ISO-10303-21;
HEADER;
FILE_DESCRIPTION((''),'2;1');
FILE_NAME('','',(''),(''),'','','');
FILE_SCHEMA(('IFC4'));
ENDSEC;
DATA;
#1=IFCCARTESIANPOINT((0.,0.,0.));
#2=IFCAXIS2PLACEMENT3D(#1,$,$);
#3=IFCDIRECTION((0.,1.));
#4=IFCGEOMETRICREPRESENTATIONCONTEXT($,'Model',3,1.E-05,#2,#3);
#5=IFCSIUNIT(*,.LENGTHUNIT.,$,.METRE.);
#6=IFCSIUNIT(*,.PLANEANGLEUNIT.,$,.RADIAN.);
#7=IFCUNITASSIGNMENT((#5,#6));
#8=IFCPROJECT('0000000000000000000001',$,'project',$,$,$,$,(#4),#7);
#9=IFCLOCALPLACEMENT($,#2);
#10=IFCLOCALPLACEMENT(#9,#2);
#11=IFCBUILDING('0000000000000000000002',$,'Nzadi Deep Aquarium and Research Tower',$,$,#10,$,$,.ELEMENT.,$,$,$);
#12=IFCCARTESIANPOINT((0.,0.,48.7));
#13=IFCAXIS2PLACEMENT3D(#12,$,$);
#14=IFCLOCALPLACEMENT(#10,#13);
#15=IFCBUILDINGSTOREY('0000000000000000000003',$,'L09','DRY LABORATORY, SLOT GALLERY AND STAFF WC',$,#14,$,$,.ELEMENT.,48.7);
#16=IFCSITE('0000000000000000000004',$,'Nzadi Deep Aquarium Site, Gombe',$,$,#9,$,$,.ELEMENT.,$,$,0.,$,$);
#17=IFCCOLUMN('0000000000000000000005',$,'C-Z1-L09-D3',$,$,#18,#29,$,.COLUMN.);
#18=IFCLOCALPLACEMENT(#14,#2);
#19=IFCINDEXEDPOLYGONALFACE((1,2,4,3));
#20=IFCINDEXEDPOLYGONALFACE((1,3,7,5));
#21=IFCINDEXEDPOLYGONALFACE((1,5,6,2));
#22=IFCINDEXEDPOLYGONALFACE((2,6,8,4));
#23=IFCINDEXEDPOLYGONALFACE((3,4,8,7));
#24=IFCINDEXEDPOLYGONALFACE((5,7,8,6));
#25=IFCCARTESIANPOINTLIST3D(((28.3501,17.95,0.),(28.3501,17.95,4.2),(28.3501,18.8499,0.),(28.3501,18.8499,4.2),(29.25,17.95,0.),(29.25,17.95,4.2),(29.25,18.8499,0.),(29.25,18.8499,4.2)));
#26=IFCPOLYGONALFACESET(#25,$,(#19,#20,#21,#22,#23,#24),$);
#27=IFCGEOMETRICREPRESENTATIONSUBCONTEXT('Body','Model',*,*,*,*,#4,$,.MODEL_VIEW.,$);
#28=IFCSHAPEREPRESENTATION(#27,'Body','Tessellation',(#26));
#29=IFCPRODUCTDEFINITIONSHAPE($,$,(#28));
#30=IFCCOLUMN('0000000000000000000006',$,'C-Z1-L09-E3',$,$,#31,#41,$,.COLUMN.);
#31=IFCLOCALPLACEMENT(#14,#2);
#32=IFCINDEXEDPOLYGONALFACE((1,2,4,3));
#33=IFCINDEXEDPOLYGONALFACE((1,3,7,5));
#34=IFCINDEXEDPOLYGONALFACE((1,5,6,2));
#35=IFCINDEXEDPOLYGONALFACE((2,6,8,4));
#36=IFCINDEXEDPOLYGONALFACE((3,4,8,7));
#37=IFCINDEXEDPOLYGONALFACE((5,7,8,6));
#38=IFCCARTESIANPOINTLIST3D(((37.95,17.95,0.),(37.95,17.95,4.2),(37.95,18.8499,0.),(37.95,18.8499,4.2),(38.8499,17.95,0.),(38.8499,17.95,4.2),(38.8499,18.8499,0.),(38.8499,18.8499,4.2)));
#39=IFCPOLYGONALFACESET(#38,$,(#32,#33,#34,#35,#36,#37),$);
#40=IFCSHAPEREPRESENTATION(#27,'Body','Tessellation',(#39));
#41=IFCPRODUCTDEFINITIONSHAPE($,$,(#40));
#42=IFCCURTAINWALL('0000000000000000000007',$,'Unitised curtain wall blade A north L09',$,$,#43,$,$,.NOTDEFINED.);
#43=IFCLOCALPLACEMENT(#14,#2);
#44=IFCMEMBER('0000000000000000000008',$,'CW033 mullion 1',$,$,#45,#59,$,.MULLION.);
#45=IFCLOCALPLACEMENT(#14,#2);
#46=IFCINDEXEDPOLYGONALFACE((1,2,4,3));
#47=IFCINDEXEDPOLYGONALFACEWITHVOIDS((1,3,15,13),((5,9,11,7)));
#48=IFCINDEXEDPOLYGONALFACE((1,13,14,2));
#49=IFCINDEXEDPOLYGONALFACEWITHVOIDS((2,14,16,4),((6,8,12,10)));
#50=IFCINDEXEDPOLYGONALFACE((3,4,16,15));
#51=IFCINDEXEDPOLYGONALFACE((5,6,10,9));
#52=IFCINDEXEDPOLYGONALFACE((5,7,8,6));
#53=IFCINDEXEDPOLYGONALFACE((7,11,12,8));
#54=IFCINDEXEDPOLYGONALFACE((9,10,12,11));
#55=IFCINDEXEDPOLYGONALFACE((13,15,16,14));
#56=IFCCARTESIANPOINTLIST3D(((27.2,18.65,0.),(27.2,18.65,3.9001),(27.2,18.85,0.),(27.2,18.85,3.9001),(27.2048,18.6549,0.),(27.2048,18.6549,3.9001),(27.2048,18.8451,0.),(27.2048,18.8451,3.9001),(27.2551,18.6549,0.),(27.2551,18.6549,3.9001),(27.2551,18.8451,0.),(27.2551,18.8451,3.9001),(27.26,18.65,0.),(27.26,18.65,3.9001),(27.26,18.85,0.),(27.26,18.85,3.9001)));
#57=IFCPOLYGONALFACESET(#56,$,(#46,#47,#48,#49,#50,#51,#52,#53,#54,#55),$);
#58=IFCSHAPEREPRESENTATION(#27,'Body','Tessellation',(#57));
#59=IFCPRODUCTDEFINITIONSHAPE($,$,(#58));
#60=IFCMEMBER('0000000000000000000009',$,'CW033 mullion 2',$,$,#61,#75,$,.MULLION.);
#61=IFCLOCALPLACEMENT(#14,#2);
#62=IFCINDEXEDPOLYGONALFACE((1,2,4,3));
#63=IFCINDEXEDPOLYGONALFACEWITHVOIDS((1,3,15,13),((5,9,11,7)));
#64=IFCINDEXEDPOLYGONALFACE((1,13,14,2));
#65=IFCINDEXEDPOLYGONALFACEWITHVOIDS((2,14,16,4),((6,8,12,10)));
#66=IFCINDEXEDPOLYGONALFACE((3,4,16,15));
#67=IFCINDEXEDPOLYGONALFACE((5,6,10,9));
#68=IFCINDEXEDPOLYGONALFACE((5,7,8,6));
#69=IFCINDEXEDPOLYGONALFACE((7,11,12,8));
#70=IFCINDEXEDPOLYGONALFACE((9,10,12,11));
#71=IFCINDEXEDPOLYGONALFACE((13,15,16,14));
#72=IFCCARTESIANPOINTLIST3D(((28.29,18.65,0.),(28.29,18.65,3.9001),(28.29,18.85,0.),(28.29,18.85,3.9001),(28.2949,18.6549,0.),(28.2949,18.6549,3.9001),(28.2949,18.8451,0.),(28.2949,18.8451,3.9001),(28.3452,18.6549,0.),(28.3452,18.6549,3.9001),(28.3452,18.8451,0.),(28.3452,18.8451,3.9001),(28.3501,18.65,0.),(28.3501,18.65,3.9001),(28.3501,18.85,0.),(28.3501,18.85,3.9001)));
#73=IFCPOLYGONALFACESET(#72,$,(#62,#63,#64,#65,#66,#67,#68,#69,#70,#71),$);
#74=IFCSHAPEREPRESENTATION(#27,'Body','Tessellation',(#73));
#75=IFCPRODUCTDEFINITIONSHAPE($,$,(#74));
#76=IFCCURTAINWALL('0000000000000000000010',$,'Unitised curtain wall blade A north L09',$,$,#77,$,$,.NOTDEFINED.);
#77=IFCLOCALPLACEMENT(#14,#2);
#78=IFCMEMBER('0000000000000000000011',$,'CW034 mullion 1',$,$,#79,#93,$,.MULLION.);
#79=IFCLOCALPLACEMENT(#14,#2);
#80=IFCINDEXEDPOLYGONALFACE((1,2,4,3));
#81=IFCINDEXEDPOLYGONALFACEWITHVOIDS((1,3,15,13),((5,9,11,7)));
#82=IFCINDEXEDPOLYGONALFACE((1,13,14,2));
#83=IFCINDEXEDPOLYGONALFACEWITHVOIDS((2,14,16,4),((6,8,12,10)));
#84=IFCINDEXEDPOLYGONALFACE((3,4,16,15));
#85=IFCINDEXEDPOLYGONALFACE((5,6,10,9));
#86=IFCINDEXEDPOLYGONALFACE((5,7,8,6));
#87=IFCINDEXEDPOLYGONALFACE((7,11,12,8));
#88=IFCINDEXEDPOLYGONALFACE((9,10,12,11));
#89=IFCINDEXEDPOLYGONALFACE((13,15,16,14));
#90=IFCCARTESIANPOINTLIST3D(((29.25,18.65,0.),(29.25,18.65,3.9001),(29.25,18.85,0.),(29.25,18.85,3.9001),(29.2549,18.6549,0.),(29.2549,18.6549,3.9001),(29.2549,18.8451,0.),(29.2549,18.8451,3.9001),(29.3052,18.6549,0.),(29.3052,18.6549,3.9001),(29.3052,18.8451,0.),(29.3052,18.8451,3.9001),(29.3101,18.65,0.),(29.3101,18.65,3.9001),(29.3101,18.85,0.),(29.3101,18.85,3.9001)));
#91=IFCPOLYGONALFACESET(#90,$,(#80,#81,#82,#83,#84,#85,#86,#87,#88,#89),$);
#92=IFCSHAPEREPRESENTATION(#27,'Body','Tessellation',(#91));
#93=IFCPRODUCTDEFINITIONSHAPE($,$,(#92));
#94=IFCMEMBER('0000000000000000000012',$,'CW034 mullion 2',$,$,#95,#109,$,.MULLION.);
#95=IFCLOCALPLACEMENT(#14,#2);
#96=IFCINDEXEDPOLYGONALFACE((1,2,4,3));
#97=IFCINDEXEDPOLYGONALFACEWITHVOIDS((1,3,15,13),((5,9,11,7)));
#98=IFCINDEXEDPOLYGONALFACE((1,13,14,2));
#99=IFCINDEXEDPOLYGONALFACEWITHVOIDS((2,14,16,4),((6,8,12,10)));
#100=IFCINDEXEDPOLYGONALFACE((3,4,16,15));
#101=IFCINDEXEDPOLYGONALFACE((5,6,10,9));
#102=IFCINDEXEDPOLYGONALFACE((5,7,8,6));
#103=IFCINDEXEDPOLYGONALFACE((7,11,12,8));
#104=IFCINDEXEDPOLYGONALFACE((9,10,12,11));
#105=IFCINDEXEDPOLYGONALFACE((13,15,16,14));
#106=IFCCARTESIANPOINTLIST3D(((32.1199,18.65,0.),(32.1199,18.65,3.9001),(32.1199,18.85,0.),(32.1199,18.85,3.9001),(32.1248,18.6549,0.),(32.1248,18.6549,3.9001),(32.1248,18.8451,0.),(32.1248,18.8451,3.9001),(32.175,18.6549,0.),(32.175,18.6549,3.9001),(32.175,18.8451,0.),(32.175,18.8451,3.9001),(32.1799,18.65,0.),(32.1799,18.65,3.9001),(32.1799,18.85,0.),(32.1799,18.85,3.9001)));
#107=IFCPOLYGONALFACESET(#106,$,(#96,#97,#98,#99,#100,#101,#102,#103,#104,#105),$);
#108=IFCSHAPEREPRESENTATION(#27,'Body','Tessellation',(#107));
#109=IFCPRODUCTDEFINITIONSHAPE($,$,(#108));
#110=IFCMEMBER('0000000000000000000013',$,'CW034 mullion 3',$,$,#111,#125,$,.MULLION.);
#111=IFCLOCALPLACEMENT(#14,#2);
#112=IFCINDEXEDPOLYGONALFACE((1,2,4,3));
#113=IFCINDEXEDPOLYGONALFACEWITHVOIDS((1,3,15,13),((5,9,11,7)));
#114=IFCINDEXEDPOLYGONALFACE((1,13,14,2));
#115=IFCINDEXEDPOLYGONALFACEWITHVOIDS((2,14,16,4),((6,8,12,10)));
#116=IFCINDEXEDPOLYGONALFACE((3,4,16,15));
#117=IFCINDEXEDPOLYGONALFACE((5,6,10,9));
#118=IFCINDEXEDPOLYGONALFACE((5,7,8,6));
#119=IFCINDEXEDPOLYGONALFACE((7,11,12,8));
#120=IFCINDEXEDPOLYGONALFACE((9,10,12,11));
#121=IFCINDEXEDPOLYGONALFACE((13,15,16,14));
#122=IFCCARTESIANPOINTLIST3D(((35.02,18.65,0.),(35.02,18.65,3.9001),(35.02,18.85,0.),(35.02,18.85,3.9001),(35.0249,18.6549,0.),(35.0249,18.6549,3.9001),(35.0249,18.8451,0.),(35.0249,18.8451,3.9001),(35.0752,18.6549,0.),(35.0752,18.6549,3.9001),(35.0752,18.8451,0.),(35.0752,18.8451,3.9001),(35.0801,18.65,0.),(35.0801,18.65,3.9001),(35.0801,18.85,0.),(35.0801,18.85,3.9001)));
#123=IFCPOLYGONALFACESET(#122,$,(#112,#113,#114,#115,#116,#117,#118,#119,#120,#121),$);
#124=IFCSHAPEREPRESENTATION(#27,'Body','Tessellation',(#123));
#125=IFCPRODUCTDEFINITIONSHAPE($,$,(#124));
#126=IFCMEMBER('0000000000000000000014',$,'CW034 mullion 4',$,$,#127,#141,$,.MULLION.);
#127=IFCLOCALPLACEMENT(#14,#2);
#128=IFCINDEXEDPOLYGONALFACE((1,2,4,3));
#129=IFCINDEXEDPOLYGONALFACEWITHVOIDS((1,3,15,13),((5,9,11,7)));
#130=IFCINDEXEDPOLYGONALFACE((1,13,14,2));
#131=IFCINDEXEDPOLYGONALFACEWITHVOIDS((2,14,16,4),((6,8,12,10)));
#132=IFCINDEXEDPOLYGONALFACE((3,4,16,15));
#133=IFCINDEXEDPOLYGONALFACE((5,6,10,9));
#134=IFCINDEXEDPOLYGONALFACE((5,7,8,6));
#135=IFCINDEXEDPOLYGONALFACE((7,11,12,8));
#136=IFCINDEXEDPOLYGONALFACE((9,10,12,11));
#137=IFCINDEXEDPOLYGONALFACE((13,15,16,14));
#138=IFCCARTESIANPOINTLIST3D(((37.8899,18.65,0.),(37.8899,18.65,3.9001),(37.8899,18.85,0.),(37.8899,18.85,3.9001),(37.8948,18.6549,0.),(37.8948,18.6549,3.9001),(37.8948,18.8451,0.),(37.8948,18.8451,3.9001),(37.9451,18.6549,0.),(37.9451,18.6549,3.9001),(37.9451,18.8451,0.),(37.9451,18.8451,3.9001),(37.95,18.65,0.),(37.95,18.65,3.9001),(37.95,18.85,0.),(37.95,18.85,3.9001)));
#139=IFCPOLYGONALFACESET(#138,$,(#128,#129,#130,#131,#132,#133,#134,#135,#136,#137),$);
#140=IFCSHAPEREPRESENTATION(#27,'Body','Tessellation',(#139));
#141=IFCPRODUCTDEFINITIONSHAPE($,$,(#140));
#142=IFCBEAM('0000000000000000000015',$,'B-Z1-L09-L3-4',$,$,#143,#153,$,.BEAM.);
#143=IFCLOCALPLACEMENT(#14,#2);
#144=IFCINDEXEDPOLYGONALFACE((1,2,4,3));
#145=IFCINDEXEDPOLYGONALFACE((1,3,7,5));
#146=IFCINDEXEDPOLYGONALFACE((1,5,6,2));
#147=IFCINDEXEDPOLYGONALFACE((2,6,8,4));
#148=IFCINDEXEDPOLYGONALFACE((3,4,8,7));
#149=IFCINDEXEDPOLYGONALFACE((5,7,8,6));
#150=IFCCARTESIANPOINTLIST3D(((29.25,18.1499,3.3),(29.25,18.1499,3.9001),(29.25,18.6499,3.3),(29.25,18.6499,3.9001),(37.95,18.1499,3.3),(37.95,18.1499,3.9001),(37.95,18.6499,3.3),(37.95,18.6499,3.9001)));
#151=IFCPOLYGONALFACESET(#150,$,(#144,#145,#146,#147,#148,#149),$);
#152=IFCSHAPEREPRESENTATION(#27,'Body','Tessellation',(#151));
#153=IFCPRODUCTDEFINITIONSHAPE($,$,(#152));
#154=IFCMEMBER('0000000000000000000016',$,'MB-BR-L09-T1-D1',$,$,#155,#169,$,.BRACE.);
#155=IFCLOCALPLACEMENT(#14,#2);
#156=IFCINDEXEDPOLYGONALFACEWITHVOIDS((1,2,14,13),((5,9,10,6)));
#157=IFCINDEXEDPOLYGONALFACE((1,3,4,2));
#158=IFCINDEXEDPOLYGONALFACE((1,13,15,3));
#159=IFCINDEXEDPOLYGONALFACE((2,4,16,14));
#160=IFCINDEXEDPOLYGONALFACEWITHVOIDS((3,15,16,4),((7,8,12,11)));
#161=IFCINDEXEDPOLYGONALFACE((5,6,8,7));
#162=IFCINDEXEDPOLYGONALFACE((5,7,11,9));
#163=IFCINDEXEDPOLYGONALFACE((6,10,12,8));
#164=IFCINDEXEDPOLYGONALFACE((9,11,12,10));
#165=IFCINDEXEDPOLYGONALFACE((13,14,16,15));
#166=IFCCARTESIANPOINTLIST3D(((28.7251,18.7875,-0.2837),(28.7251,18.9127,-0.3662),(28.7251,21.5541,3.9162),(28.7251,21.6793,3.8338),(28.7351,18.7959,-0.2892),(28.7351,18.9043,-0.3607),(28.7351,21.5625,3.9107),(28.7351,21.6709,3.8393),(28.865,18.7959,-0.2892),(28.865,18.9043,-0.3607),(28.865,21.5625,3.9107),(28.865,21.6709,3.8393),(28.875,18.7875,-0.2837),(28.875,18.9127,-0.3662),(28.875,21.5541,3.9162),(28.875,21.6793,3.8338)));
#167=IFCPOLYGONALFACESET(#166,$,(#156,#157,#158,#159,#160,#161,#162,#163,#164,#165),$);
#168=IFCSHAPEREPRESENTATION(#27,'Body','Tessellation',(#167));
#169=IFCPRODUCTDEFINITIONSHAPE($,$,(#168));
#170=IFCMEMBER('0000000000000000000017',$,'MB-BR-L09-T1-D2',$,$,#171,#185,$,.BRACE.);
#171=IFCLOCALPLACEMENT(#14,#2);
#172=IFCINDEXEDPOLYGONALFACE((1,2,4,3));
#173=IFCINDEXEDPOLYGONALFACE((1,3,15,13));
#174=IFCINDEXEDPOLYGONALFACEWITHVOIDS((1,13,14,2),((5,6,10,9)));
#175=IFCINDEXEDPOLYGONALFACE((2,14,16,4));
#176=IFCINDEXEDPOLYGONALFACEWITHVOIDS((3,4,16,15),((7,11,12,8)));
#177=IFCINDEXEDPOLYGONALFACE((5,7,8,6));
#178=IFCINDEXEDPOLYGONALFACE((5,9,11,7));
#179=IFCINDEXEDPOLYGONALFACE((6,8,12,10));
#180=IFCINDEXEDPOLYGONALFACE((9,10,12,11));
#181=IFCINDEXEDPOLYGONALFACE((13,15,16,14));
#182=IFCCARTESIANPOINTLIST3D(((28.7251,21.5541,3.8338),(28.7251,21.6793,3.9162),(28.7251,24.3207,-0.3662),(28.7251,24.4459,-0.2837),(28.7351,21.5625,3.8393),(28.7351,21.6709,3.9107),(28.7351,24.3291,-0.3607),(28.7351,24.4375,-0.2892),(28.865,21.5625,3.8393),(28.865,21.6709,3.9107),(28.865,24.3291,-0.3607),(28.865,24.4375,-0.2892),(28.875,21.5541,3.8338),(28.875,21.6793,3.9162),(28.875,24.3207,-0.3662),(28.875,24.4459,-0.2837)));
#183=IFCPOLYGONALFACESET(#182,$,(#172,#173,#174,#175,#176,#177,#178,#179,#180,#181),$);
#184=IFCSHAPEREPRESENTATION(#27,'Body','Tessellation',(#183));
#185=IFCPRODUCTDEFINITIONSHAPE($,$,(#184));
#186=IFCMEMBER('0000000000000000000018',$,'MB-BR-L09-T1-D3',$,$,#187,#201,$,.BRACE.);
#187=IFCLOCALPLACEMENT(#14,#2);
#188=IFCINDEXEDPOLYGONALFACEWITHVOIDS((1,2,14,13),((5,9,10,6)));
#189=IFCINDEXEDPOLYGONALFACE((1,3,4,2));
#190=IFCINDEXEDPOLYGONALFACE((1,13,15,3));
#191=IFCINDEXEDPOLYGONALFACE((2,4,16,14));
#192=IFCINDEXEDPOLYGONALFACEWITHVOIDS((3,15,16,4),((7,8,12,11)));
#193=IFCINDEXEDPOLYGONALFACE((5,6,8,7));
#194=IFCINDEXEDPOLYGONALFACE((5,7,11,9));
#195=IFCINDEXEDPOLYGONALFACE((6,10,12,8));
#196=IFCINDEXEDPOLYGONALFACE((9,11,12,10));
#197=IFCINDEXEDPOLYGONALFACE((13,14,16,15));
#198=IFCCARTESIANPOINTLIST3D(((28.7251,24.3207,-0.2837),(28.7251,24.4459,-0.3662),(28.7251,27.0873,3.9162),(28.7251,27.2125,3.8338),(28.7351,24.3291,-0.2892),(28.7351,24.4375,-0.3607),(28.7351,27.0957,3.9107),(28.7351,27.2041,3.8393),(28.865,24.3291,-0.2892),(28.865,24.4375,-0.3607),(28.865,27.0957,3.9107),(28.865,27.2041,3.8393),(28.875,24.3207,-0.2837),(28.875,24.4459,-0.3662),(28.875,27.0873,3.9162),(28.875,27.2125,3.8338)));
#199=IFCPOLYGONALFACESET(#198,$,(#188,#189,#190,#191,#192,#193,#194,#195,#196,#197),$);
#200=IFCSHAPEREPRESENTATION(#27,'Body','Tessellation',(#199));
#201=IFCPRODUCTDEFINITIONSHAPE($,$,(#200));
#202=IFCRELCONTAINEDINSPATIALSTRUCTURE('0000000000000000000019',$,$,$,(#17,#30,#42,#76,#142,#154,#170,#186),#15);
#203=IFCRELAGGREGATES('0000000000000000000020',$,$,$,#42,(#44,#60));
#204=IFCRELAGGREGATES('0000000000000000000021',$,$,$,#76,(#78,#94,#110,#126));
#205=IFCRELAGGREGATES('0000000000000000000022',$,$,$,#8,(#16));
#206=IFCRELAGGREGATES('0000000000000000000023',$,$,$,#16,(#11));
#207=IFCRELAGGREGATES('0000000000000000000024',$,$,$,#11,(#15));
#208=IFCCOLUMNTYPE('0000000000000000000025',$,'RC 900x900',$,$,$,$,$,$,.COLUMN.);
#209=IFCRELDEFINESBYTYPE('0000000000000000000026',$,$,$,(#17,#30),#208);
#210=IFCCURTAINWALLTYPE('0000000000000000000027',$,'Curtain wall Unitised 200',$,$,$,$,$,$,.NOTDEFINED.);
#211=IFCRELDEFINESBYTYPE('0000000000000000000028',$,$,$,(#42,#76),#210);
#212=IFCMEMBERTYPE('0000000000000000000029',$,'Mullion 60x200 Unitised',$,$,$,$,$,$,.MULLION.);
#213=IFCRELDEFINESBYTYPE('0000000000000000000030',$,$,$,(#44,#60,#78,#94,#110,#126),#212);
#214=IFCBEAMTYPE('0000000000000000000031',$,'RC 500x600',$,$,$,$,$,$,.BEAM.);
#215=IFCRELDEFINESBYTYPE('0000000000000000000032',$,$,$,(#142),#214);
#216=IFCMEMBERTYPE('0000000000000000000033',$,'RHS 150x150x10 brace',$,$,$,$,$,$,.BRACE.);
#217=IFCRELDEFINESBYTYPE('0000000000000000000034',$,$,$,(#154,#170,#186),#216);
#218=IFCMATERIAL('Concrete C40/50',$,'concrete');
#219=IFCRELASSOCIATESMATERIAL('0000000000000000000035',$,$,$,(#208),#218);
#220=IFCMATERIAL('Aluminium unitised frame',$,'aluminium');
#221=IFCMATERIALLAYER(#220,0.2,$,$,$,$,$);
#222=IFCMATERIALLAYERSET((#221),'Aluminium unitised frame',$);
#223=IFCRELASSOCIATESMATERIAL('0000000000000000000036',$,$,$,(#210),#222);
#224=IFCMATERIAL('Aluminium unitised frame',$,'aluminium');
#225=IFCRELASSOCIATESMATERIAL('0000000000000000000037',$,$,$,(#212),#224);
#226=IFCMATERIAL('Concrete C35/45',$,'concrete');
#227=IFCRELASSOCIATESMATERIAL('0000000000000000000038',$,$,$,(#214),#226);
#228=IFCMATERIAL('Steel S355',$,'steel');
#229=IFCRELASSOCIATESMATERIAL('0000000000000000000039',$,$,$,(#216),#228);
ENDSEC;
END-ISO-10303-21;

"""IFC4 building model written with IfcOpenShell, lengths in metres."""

from ifc_helpers import new_model, si_unit, direction, frame, origin, origin_2d, place, context, subcontext, project, spatial, rectangle, hollow_rectangle, extrude, material, layer, layer_set, material_profile, profile_set, type_object, element, aggregate, save


model = new_model("IFC4")

# Units and contexts
model_context = context("Model", 3, precision=1e-05, world=origin(), true_north=direction((0.0, 1.0)))
body_context = subcontext(model_context, "Body", "Model", "MODEL_VIEW")
ifc_project = project(units=[si_unit("LENGTHUNIT", "METRE"), si_unit("PLANEANGLEUNIT", "RADIAN")], contexts=[model_context])

# Site, building, storey
site_placement = place(None, origin())
site = spatial("IfcSite", under=ifc_project, at=site_placement, Name="Nzadi Deep Aquarium Site, Gombe", CompositionType="ELEMENT", RefElevation=0.0)
building_placement = place(site_placement, origin())
building = spatial("IfcBuilding", under=site, at=building_placement, Name="Nzadi Deep Aquarium and Research Tower", CompositionType="ELEMENT")
storey_placement = place(building_placement, frame((0.0, 0.0, 48.7)))
storey = spatial("IfcBuildingStorey", under=building, at=storey_placement, Name="L09", Description="DRY LABORATORY, SLOT GALLERY AND STAFF WC", CompositionType="ELEMENT", Elevation=48.7)

# Columns
ifc_material_1 = material(Name="Concrete C40/50", Category="concrete")
ifc_material_profile_1 = material_profile(ifc_material_1, rectangle(XDim=0.8999, YDim=0.8999, at=origin_2d()))
ifc_profile_set_1 = profile_set([ifc_material_profile_1], Name="Concrete C40/50")
column_type = type_object("IfcColumnType", Name="RC 900x900", PredefinedType="COLUMN", material=ifc_profile_set_1)
for number, where, z_axis, x_axis, name in (
    (1, (28.8, 18.3999, 0.0), (0.0, 0.0, 1.0), (1.0, 0.0, 0.0), "C-Z1-L09-D3"),
    (2, (38.3999, 18.3999, 0.0), (0.0, 0.0, 1.0), (1.0, 0.0, 0.0), "C-Z1-L09-E3"),
):
    element("IfcColumn", number, at=place(storey_placement, frame(where, z_axis=z_axis, x_axis=x_axis)), inside=storey, type_object=column_type, Name=name, PredefinedType="COLUMN", context=body_context, shape_type="SweptSolid", body=[
        extrude(rectangle(XDim=0.8999, YDim=0.8999, at=origin_2d()), origin(), (0.0, 0.0, 1.0), 4.2),
    ])

# Curtain walls, members
ifc_material_2 = material(Name="Aluminium unitised frame", Category="aluminium")
ifc_layer_1 = layer(ifc_material_2, 0.2)
ifc_layer_set_1 = layer_set([ifc_layer_1], Name="Aluminium unitised frame")
curtain_wall_type = type_object("IfcCurtainWallType", Name="Curtain wall Unitised 200", PredefinedType="NOTDEFINED", material=ifc_layer_set_1)
curtain_wall_1_placement = place(storey_placement, origin())
curtain_wall_1 = element("IfcCurtainWall", 3, at=curtain_wall_1_placement, inside=storey, type_object=curtain_wall_type, Name="Unitised curtain wall blade A north L09", PredefinedType="NOTDEFINED")
ifc_material_3 = material(Name="Aluminium unitised frame", Category="aluminium")
ifc_material_profile_2 = material_profile(ifc_material_3, hollow_rectangle(XDim=0.2, YDim=0.0601, WallThickness=0.0049, at=origin_2d()))
ifc_profile_set_2 = profile_set([ifc_material_profile_2], Name="Aluminium unitised frame")
member_type_1 = type_object("IfcMemberType", Name="Mullion 60x200 Unitised", PredefinedType="MULLION", material=ifc_profile_set_2)
member_1_placement = place(storey_placement, frame((27.23, 18.75, 0.0), z_axis=(0.0, 0.0, 1.0), x_axis=(0.0, 1.0, 0.0)))
member_1 = element("IfcMember", 4, at=member_1_placement, type_object=member_type_1, Name="CW033 mullion 1", PredefinedType="MULLION", context=body_context, shape_type="SweptSolid", body=[
    extrude(hollow_rectangle(XDim=0.2, YDim=0.0601, WallThickness=0.0049, at=origin_2d()), origin(), (0.0, 0.0, 1.0), 3.9001),
])
member_2_placement = place(storey_placement, frame((28.3201, 18.75, 0.0), z_axis=(0.0, 0.0, 1.0), x_axis=(0.0, 1.0, 0.0)))
member_2 = element("IfcMember", 5, at=member_2_placement, type_object=member_type_1, Name="CW033 mullion 2", PredefinedType="MULLION", context=body_context, shape_type="SweptSolid", body=[
    extrude(hollow_rectangle(XDim=0.2, YDim=0.0601, WallThickness=0.0049, at=origin_2d()), origin(), (0.0, 0.0, 1.0), 3.9001),
])
curtain_wall_2_placement = place(storey_placement, origin())
curtain_wall_2 = element("IfcCurtainWall", 6, at=curtain_wall_2_placement, inside=storey, type_object=curtain_wall_type, Name="Unitised curtain wall blade A north L09", PredefinedType="NOTDEFINED")
member_3_placement = place(storey_placement, frame((29.28, 18.75, 0.0), z_axis=(0.0, 0.0, 1.0), x_axis=(0.0, 1.0, 0.0)))
member_3 = element("IfcMember", 7, at=member_3_placement, type_object=member_type_1, Name="CW034 mullion 1", PredefinedType="MULLION", context=body_context, shape_type="SweptSolid", body=[
    extrude(hollow_rectangle(XDim=0.2, YDim=0.0601, WallThickness=0.0049, at=origin_2d()), origin(), (0.0, 0.0, 1.0), 3.9001),
])
member_4_placement = place(storey_placement, frame((32.1499, 18.75, 0.0), z_axis=(0.0, 0.0, 1.0), x_axis=(0.0, 1.0, 0.0)))
member_4 = element("IfcMember", 8, at=member_4_placement, type_object=member_type_1, Name="CW034 mullion 2", PredefinedType="MULLION", context=body_context, shape_type="SweptSolid", body=[
    extrude(hollow_rectangle(XDim=0.2, YDim=0.0601, WallThickness=0.0049, at=origin_2d()), origin(), (0.0, 0.0, 1.0), 3.9001),
])
member_5_placement = place(storey_placement, frame((35.05, 18.75, 0.0), z_axis=(0.0, 0.0, 1.0), x_axis=(0.0, 1.0, 0.0)))
member_5 = element("IfcMember", 9, at=member_5_placement, type_object=member_type_1, Name="CW034 mullion 3", PredefinedType="MULLION", context=body_context, shape_type="SweptSolid", body=[
    extrude(hollow_rectangle(XDim=0.2, YDim=0.0601, WallThickness=0.0049, at=origin_2d()), origin(), (0.0, 0.0, 1.0), 3.9001),
])
member_6_placement = place(storey_placement, frame((37.9199, 18.75, 0.0), z_axis=(0.0, 0.0, 1.0), x_axis=(0.0, 1.0, 0.0)))
member_6 = element("IfcMember", 10, at=member_6_placement, type_object=member_type_1, Name="CW034 mullion 4", PredefinedType="MULLION", context=body_context, shape_type="SweptSolid", body=[
    extrude(hollow_rectangle(XDim=0.2, YDim=0.0601, WallThickness=0.0049, at=origin_2d()), origin(), (0.0, 0.0, 1.0), 3.9001),
])

# Beam
ifc_material_4 = material(Name="Concrete C35/45", Category="concrete")
ifc_material_profile_3 = material_profile(ifc_material_4, rectangle(XDim=0.5, YDim=0.6001, at=origin_2d()))
ifc_profile_set_3 = profile_set([ifc_material_profile_3], Name="Concrete C35/45")
beam_type = type_object("IfcBeamType", Name="RC 500x600", PredefinedType="BEAM", material=ifc_profile_set_3)
beam_placement = place(storey_placement, frame((29.25, 18.3999, 3.6001), z_axis=(1.0, 0.0, 0.0), x_axis=(0.0, 1.0, 0.0)))
element("IfcBeam", 11, at=beam_placement, inside=storey, type_object=beam_type, Name="B-Z1-L09-L3-4", PredefinedType="BEAM", context=body_context, shape_type="SweptSolid", body=[
    extrude(rectangle(XDim=0.5, YDim=0.6001, at=origin_2d()), origin(), (0.0, 0.0, 1.0), 8.7),
])

# Members
ifc_material_5 = material(Name="Steel S355", Category="steel")
ifc_material_profile_4 = material_profile(ifc_material_5, hollow_rectangle(XDim=0.1499, YDim=0.1499, WallThickness=0.01, at=origin_2d()))
ifc_profile_set_4 = profile_set([ifc_material_profile_4], Name="Steel S355")
member_type_2 = type_object("IfcMemberType", Name="RHS 150x150x10 brace", PredefinedType="BRACE", material=ifc_profile_set_4)
for number, where, z_axis, x_axis, name in (
    (12, (28.8, 18.8501, -0.325), (0.0, 0.550099, 0.8351), (-1.0, 0.0, 0.0), "MB-BR-L09-T1-D1"),
    (13, (28.8, 21.6167, 3.875), (0.0, 0.550099, -0.8351), (-1.0, 0.0, 0.0), "MB-BR-L09-T1-D2"),
    (14, (28.8, 24.3833, -0.325), (0.0, 0.550099, 0.8351), (-1.0, 0.0, 0.0), "MB-BR-L09-T1-D3"),
):
    element("IfcMember", number, at=place(storey_placement, frame(where, z_axis=z_axis, x_axis=x_axis)), inside=storey, type_object=member_type_2, Name=name, PredefinedType="BRACE", context=body_context, shape_type="SweptSolid", body=[
        extrude(hollow_rectangle(XDim=0.1499, YDim=0.1499, WallThickness=0.01, at=origin_2d()), origin(), (0.0, 0.0, 1.0), 5.0293),
    ])

aggregate(curtain_wall_1, [member_1, member_2])
aggregate(curtain_wall_2, [member_3, member_4, member_5, member_6])

save(model, "model.ifc")
